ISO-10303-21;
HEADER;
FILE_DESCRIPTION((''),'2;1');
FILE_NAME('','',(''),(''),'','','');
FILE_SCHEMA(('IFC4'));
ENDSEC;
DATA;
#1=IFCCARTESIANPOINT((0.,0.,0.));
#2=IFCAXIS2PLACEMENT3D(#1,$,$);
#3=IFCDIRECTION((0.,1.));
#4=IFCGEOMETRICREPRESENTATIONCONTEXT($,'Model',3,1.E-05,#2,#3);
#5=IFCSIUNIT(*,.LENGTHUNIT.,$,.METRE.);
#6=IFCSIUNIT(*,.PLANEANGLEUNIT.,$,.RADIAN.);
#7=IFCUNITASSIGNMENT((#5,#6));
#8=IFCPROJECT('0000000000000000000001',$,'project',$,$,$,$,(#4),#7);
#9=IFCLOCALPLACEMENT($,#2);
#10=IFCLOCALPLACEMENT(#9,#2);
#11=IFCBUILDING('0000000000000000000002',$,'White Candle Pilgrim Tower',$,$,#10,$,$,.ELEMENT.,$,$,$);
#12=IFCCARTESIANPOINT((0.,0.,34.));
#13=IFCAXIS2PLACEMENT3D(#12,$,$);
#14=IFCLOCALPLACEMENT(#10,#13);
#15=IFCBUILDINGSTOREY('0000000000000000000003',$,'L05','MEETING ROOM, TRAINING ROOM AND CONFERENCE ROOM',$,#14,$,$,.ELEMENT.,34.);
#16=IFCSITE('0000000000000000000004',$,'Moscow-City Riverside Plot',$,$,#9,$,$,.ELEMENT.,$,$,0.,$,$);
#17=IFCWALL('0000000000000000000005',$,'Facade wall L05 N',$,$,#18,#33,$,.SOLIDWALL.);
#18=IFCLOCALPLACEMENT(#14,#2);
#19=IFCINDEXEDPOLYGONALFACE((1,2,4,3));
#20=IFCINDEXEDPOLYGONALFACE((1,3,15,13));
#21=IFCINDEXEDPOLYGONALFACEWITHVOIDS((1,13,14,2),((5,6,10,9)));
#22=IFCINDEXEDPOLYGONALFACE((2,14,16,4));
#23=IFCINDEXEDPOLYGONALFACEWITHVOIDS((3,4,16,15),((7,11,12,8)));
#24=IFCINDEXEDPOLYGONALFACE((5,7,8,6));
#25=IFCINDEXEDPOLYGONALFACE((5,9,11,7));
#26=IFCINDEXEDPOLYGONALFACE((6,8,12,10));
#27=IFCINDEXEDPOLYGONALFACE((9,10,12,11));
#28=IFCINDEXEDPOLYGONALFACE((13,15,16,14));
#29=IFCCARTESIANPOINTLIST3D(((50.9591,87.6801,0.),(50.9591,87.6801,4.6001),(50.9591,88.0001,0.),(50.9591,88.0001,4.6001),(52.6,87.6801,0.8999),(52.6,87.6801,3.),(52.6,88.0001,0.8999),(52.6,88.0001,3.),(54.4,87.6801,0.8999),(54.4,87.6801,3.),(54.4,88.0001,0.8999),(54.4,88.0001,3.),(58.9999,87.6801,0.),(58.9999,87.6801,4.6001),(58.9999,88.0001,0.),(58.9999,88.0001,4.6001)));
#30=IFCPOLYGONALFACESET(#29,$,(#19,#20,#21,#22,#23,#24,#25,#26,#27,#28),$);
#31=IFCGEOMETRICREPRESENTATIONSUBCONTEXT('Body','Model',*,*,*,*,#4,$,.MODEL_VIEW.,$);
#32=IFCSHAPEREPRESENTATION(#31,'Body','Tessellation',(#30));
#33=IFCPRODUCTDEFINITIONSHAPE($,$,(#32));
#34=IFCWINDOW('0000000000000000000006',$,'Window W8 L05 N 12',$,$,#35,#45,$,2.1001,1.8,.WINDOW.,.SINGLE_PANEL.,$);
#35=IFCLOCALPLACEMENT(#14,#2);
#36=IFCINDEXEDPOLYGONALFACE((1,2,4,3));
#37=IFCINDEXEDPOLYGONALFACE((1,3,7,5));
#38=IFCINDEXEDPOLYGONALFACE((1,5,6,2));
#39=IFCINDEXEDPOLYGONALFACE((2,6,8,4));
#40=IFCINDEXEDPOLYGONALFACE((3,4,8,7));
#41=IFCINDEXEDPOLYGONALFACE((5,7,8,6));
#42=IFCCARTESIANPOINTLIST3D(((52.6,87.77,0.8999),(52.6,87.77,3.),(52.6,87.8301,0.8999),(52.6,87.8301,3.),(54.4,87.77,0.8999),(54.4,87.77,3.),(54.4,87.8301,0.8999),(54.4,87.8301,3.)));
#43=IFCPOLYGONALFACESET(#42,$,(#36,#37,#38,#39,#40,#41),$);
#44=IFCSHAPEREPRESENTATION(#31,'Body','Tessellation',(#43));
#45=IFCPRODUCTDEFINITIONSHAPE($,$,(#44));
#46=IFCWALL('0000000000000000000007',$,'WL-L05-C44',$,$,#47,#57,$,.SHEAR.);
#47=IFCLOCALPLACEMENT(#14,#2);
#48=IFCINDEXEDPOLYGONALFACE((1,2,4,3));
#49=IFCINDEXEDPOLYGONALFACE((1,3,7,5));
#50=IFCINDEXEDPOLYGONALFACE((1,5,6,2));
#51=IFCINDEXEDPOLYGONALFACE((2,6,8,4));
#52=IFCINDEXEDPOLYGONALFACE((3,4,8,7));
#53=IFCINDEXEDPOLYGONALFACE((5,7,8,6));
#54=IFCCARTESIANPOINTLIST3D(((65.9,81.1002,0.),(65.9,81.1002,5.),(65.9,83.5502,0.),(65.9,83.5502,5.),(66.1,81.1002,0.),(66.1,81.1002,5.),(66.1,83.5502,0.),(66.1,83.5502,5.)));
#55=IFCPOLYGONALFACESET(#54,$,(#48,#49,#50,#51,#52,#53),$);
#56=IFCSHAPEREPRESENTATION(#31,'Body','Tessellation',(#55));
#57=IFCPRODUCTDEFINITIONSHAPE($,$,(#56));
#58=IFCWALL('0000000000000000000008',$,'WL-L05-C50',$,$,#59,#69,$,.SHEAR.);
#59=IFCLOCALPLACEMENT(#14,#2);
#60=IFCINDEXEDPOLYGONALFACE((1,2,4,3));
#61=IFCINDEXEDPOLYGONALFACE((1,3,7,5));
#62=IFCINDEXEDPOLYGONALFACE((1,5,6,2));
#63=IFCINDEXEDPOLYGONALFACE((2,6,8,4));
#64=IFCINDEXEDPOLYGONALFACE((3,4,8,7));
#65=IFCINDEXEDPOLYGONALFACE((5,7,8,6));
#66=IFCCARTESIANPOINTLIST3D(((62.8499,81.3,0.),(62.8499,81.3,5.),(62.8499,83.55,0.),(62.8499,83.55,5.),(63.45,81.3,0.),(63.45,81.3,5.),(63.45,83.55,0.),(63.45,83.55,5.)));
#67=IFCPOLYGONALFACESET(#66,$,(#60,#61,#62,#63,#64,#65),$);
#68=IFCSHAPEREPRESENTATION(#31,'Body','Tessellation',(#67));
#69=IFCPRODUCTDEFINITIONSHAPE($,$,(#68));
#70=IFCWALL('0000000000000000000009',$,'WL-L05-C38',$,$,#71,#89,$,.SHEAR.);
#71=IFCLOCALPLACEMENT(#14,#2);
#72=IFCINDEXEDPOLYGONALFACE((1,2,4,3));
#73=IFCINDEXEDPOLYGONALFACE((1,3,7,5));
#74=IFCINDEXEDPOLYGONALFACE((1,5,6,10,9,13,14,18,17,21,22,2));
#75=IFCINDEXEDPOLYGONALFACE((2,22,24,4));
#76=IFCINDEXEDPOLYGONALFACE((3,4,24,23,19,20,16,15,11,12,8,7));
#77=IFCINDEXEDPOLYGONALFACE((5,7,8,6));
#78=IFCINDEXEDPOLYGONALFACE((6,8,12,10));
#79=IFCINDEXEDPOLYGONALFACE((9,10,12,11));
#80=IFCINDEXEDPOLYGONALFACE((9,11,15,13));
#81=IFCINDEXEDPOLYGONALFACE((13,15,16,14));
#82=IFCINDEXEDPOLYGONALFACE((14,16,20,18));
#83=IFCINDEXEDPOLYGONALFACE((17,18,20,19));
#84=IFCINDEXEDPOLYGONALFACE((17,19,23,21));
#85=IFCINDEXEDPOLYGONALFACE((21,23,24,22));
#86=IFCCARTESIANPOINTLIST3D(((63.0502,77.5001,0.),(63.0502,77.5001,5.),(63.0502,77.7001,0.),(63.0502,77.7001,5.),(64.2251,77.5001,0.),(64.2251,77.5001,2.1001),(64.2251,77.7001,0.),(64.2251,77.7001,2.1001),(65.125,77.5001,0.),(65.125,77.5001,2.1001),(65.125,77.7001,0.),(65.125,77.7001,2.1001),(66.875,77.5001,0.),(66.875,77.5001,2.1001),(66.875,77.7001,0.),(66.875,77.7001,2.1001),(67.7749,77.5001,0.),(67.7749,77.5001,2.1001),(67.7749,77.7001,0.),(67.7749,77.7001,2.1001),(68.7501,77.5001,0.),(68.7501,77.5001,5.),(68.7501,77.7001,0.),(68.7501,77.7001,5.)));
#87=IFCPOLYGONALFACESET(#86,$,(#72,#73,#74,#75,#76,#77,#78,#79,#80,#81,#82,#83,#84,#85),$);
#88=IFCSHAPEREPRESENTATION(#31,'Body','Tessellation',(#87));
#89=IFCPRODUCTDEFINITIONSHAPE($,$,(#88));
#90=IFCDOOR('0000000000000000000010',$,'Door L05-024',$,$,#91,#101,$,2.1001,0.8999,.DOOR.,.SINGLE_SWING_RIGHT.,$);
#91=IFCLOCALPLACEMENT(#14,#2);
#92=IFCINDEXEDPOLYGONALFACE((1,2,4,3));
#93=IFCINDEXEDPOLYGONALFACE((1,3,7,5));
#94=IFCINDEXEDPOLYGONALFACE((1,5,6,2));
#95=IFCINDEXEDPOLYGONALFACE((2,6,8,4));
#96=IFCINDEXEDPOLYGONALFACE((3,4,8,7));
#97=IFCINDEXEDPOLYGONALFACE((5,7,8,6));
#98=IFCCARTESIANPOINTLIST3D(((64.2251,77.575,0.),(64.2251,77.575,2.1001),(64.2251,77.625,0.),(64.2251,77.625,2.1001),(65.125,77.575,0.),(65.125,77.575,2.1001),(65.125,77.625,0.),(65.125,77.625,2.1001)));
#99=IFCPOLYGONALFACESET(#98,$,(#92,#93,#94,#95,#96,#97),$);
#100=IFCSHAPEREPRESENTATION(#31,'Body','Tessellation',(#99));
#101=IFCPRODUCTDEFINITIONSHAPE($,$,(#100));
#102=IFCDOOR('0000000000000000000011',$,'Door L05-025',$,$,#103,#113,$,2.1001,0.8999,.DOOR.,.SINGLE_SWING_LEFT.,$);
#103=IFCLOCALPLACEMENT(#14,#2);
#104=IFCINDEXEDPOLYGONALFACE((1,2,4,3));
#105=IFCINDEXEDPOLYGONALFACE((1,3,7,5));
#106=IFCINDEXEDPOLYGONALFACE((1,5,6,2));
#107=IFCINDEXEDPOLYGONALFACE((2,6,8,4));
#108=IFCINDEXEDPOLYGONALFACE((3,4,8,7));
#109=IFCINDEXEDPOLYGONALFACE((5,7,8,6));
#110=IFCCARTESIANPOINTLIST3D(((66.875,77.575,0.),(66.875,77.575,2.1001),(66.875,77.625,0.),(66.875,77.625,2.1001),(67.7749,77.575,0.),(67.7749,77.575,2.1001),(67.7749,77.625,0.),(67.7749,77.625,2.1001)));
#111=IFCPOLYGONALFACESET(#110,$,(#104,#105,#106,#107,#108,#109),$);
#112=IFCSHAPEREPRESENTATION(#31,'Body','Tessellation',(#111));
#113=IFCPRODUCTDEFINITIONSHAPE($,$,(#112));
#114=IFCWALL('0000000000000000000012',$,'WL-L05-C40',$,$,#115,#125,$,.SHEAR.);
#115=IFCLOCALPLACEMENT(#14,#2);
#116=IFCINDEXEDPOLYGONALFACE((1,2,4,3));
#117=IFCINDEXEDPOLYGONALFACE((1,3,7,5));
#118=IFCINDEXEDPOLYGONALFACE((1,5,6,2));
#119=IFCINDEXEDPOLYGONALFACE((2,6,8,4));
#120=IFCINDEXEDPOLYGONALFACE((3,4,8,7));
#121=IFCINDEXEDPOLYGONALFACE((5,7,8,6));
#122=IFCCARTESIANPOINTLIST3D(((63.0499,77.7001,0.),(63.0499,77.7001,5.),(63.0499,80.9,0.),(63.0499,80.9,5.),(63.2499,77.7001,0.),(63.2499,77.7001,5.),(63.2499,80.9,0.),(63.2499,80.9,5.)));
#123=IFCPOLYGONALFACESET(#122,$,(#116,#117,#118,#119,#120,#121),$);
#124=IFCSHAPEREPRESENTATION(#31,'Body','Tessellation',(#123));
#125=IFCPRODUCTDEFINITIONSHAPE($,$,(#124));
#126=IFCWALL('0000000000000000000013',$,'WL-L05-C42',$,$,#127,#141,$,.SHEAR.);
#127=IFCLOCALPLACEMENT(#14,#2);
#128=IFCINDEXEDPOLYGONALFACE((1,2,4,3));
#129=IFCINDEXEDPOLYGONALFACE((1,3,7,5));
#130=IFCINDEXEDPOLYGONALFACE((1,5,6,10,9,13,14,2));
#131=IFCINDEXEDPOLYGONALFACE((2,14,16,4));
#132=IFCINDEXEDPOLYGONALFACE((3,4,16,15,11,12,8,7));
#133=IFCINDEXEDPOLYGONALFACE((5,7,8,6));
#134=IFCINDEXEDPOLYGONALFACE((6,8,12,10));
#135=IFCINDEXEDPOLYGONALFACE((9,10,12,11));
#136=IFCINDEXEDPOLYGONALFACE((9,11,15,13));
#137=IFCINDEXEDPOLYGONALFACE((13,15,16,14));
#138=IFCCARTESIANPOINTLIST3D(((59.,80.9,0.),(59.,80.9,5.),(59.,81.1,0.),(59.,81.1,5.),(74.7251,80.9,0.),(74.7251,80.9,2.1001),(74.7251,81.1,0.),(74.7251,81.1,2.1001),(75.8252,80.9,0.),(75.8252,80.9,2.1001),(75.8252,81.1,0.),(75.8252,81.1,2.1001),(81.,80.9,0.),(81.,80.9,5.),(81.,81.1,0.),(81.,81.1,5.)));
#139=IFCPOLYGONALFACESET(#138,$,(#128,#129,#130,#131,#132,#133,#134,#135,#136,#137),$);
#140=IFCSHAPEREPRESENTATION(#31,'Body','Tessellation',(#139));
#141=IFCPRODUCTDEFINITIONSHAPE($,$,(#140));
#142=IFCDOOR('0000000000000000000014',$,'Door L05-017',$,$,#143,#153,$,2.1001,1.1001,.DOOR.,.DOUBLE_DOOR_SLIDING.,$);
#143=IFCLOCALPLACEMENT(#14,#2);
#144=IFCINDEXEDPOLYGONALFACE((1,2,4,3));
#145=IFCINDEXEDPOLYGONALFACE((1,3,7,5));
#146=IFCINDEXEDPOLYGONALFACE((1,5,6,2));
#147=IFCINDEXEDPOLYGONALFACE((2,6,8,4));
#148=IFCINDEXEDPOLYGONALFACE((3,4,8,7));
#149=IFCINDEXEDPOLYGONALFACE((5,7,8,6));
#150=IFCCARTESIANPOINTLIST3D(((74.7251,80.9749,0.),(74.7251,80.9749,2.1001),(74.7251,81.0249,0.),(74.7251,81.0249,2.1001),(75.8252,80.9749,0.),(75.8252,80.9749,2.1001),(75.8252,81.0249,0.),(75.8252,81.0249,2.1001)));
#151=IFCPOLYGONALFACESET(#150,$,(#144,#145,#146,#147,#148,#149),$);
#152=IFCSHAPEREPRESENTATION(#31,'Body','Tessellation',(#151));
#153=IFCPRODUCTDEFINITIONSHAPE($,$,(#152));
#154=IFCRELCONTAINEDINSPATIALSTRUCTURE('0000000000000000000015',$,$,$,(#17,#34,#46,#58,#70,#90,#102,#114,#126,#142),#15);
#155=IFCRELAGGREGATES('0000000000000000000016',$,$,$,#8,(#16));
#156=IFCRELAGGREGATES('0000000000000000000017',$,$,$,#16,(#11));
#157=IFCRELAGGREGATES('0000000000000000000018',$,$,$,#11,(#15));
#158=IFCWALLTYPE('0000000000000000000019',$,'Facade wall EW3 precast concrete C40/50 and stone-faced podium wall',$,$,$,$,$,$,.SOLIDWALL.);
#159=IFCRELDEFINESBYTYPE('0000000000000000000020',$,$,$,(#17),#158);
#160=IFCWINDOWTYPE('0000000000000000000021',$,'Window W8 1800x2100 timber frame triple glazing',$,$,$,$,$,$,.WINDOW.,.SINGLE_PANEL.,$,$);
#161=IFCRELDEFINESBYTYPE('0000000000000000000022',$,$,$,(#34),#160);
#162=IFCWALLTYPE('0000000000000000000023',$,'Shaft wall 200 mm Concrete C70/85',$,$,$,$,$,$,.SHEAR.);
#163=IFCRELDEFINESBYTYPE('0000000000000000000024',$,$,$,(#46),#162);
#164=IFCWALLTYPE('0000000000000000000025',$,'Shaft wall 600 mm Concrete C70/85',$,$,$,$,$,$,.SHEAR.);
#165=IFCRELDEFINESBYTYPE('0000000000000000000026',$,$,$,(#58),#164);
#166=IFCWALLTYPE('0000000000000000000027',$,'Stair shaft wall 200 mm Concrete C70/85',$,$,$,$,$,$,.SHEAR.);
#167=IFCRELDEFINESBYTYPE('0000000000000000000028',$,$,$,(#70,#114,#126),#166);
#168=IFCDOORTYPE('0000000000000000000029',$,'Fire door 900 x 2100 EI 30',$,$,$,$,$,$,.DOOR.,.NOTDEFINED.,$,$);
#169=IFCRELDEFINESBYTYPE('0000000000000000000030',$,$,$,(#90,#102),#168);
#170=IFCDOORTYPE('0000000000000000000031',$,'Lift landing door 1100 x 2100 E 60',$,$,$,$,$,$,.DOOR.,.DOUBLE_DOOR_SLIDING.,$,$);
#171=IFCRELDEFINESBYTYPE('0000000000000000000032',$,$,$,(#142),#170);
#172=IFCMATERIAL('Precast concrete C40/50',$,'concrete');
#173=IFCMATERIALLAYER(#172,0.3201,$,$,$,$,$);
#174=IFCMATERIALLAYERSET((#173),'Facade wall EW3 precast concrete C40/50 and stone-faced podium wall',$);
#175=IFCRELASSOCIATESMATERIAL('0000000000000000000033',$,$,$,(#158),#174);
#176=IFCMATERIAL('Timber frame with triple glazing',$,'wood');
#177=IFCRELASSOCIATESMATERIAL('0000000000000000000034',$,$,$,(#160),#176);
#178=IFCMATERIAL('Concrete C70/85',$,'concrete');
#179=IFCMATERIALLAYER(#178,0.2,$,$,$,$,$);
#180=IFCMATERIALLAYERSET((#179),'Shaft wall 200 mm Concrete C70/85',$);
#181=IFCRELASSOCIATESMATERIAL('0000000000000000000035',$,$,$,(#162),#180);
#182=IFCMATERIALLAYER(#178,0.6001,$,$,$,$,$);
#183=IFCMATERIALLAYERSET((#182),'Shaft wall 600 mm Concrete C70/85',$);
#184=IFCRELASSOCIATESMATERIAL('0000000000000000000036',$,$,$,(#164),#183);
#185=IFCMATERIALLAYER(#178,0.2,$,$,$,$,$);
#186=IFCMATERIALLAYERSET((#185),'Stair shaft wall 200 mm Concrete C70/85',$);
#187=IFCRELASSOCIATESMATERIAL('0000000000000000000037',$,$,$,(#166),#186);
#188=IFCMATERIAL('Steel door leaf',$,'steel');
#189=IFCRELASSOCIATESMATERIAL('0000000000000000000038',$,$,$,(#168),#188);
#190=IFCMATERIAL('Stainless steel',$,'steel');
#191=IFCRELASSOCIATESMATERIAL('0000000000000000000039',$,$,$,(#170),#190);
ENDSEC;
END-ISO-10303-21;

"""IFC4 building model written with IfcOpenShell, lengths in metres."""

from ifc_helpers import new_model, si_unit, direction, frame, frame_2d, origin, place, context, subcontext, project, spatial, rectangle, extrude, material, layer, layer_set, type_object, element, fill, save


model = new_model("IFC4")

# Units and contexts
model_context = context("Model", 3, precision=1e-05, world=origin(), true_north=direction((0.0, 1.0)))
body_context = subcontext(model_context, "Body", "Model", "MODEL_VIEW")
ifc_project = project(units=[si_unit("LENGTHUNIT", "METRE"), si_unit("PLANEANGLEUNIT", "RADIAN")], contexts=[model_context])

# Site, building, storey
site_placement = place(None, origin())
site = spatial("IfcSite", under=ifc_project, at=site_placement, Name="Moscow-City Riverside Plot", CompositionType="ELEMENT", RefElevation=0.0)
building_placement = place(site_placement, origin())
building = spatial("IfcBuilding", under=site, at=building_placement, Name="White Candle Pilgrim Tower", CompositionType="ELEMENT")
storey_placement = place(building_placement, frame((0.0, 0.0, 34.0)))
storey = spatial("IfcBuildingStorey", under=building, at=storey_placement, Name="L05", Description="MEETING ROOM, TRAINING ROOM AND CONFERENCE ROOM", CompositionType="ELEMENT", Elevation=34.0)

# Shared definitions
ifc_material_1 = material(Name="Concrete C70/85", Category="concrete")
ifc_material_2 = material(Name="Steel door leaf", Category="steel")

# Shared definitions
ifc_material_3 = material(Name="Stainless steel", Category="steel")

# Wall, opening, window
ifc_material_4 = material(Name="Precast concrete C40/50", Category="concrete")
ifc_layer_1 = layer(ifc_material_4, 0.3201)
ifc_layer_set_1 = layer_set([ifc_layer_1], Name="Facade wall EW3 precast concrete C40/50 and stone-faced podium wall")
wall_type_1 = type_object("IfcWallType", Name="Facade wall EW3 precast concrete C40/50 and stone-faced podium wall", PredefinedType="SOLIDWALL", material=ifc_layer_set_1)
wall_1_placement = place(storey_placement, frame((59.0, 87.8401, 0.0), z_axis=(0.0, 0.0, 1.0), x_axis=(-1.0, 0.0, 0.0)))
wall_1 = element("IfcWall", 1, at=wall_1_placement, inside=storey, type_object=wall_type_1, Name="Facade wall L05 N", PredefinedType="SOLIDWALL", context=body_context, shape_type="SweptSolid", body=[
    extrude(rectangle(XDim=8.0408, YDim=0.3201, at=frame_2d((4.0205, 0.0))), origin(), (0.0, 0.0, 1.0), 4.6001),
])
opening_1_placement = place(wall_1_placement, frame((4.6001, 0.0, 0.8999)))
opening_1 = element("IfcOpeningElement", 2, at=opening_1_placement, cuts=wall_1, PredefinedType="OPENING", context=body_context, shape_type="SweptSolid", body=[
    extrude(rectangle(XDim=1.8, YDim=2.1001, at=frame_2d((0.8999, 1.05))), frame((0.0, 0.1699, 0.0), z_axis=(0.0, -1.0, 0.0), x_axis=(1.0, 0.0, 0.0)), (0.0, 0.0, 1.0), 0.3401),
])
ifc_material_5 = material(Name="Timber frame with triple glazing", Category="wood")
window_type = type_object("IfcWindowType", Name="Window W8 1800x2100 timber frame triple glazing", PartitioningType="SINGLE_PANEL", PredefinedType="WINDOW", material=ifc_material_5)
window_placement = place(opening_1_placement, origin())
window = element("IfcWindow", 3, at=window_placement, inside=storey, type_object=window_type, Name="Window W8 L05 N 12", OverallHeight=2.1001, OverallWidth=1.8, PartitioningType="SINGLE_PANEL", PredefinedType="WINDOW", context=body_context, shape_type="SweptSolid", body=[
    extrude(rectangle(XDim=1.8, YDim=2.1001, at=frame_2d((0.8999, 1.05))), frame((0.0, 0.0701, 0.0), z_axis=(0.0, -1.0, 0.0), x_axis=(1.0, 0.0, 0.0)), (0.0, 0.0, 1.0), 0.0601),
])
fill(opening_1, window)

# Walls
ifc_layer_2 = layer(ifc_material_1, 0.2)
ifc_layer_set_2 = layer_set([ifc_layer_2], Name="Shaft wall 200 mm Concrete C70/85")
wall_type_2 = type_object("IfcWallType", Name="Shaft wall 200 mm Concrete C70/85", PredefinedType="SHEAR", material=ifc_layer_set_2)
wall_2_placement = place(storey_placement, frame((66.0, 81.1001, 0.0), z_axis=(0.0, 0.0, 1.0), x_axis=(0.0, 1.0, 0.0)))
element("IfcWall", 4, at=wall_2_placement, inside=storey, type_object=wall_type_2, Name="WL-L05-C44", PredefinedType="SHEAR", context=body_context, shape_type="SweptSolid", body=[
    extrude(rectangle(XDim=2.45, YDim=0.2, at=frame_2d((1.2251, 0.0))), origin(), (0.0, 0.0, 1.0), 5.0),
])
ifc_layer_3 = layer(ifc_material_1, 0.6001)
ifc_layer_set_3 = layer_set([ifc_layer_3], Name="Shaft wall 600 mm Concrete C70/85")
wall_type_3 = type_object("IfcWallType", Name="Shaft wall 600 mm Concrete C70/85", PredefinedType="SHEAR", material=ifc_layer_set_3)
wall_3_placement = place(storey_placement, frame((63.1499, 81.3, 0.0), z_axis=(0.0, 0.0, 1.0), x_axis=(0.0, 1.0, 0.0)))
element("IfcWall", 5, at=wall_3_placement, inside=storey, type_object=wall_type_3, Name="WL-L05-C50", PredefinedType="SHEAR", context=body_context, shape_type="SweptSolid", body=[
    extrude(rectangle(XDim=2.25, YDim=0.6001, at=frame_2d((1.125, 0.0))), origin(), (0.0, 0.0, 1.0), 5.0),
])

# Wall, openings, doors
ifc_layer_4 = layer(ifc_material_1, 0.2)
ifc_layer_set_4 = layer_set([ifc_layer_4], Name="Stair shaft wall 200 mm Concrete C70/85")
wall_type_4 = type_object("IfcWallType", Name="Stair shaft wall 200 mm Concrete C70/85", PredefinedType="SHEAR", material=ifc_layer_set_4)
wall_4_placement = place(storey_placement, frame((63.05, 77.6001, 0.0), z_axis=(0.0, 0.0, 1.0), x_axis=(1.0, 0.0, 0.0)))
wall_4 = element("IfcWall", 6, at=wall_4_placement, inside=storey, type_object=wall_type_4, Name="WL-L05-C38", PredefinedType="SHEAR", context=body_context, shape_type="SweptSolid", body=[
    extrude(rectangle(XDim=5.7, YDim=0.2, at=frame_2d((2.8501, 0.0))), origin(), (0.0, 0.0, 1.0), 5.0),
])
opening_2_placement = place(wall_4_placement, frame((1.175, 0.0, 0.0)))
opening_2 = element("IfcOpeningElement", 7, at=opening_2_placement, cuts=wall_4, PredefinedType="OPENING", context=body_context, shape_type="SweptSolid", body=[
    extrude(rectangle(XDim=0.8999, YDim=2.1001, at=frame_2d((0.45, 1.05))), frame((0.0, 0.1099, 0.0), z_axis=(0.0, -1.0, 0.0), x_axis=(1.0, 0.0, 0.0)), (0.0, 0.0, 1.0), 0.22),
])
opening_3_placement = place(wall_4_placement, frame((3.825, 0.0, 0.0)))
opening_3 = element("IfcOpeningElement", 8, at=opening_3_placement, cuts=wall_4, PredefinedType="OPENING", context=body_context, shape_type="SweptSolid", body=[
    extrude(rectangle(XDim=0.8999, YDim=2.1001, at=frame_2d((0.45, 1.05))), frame((0.0, 0.1099, 0.0), z_axis=(0.0, -1.0, 0.0), x_axis=(1.0, 0.0, 0.0)), (0.0, 0.0, 1.0), 0.22),
])
door_type_1 = type_object("IfcDoorType", Name="Fire door 900 x 2100 EI 30", OperationType="NOTDEFINED", PredefinedType="DOOR", material=ifc_material_2)
door_1_placement = place(opening_2_placement, origin())
door_1 = element("IfcDoor", 9, at=door_1_placement, inside=storey, type_object=door_type_1, Name="Door L05-024", OperationType="SINGLE_SWING_RIGHT", OverallHeight=2.1001, OverallWidth=0.8999, PredefinedType="DOOR", context=body_context, shape_type="SweptSolid", body=[
    extrude(rectangle(XDim=0.8999, YDim=2.1001, at=frame_2d((0.45, 1.05))), frame((0.0, 0.0249, 0.0), z_axis=(0.0, -1.0, 0.0), x_axis=(1.0, 0.0, 0.0)), (0.0, 0.0, 1.0), 0.05),
])
fill(opening_2, door_1)
door_2_placement = place(opening_3_placement, origin())
door_2 = element("IfcDoor", 10, at=door_2_placement, inside=storey, type_object=door_type_1, Name="Door L05-025", OperationType="SINGLE_SWING_LEFT", OverallHeight=2.1001, OverallWidth=0.8999, PredefinedType="DOOR", context=body_context, shape_type="SweptSolid", body=[
    extrude(rectangle(XDim=0.8999, YDim=2.1001, at=frame_2d((0.45, 1.05))), frame((0.0, 0.0249, 0.0), z_axis=(0.0, -1.0, 0.0), x_axis=(1.0, 0.0, 0.0)), (0.0, 0.0, 1.0), 0.05),
])
fill(opening_3, door_2)

# Wall
wall_5_placement = place(storey_placement, frame((63.1499, 77.7, 0.0), z_axis=(0.0, 0.0, 1.0), x_axis=(0.0, 1.0, 0.0)))
element("IfcWall", 11, at=wall_5_placement, inside=storey, type_object=wall_type_4, Name="WL-L05-C40", PredefinedType="SHEAR", context=body_context, shape_type="SweptSolid", body=[
    extrude(rectangle(XDim=3.2, YDim=0.2, at=frame_2d((1.6001, 0.0))), origin(), (0.0, 0.0, 1.0), 5.0),
])

# Wall, opening, door
wall_6_placement = place(storey_placement, frame((59.0, 81.0, 0.0), z_axis=(0.0, 0.0, 1.0), x_axis=(1.0, 0.0, 0.0)))
wall_6 = element("IfcWall", 12, at=wall_6_placement, inside=storey, type_object=wall_type_4, Name="WL-L05-C42", PredefinedType="SHEAR", context=body_context, shape_type="SweptSolid", body=[
    extrude(rectangle(XDim=22.0, YDim=0.2, at=frame_2d((11.0, 0.0))), origin(), (0.0, 0.0, 1.0), 5.0),
])
opening_4_placement = place(wall_6_placement, frame((15.7251, 0.0, 0.0)))
opening_4 = element("IfcOpeningElement", 13, at=opening_4_placement, cuts=wall_6, PredefinedType="OPENING", context=body_context, shape_type="SweptSolid", body=[
    extrude(rectangle(XDim=1.1001, YDim=2.1001, at=frame_2d((0.55, 1.05))), frame((0.0, 0.1099, 0.0), z_axis=(0.0, -1.0, 0.0), x_axis=(1.0, 0.0, 0.0)), (0.0, 0.0, 1.0), 0.22),
])
door_type_2 = type_object("IfcDoorType", Name="Lift landing door 1100 x 2100 E 60", OperationType="DOUBLE_DOOR_SLIDING", PredefinedType="DOOR", material=ifc_material_3)
door_3_placement = place(opening_4_placement, origin())
door_3 = element("IfcDoor", 14, at=door_3_placement, inside=storey, type_object=door_type_2, Name="Door L05-017", OperationType="DOUBLE_DOOR_SLIDING", OverallHeight=2.1001, OverallWidth=1.1001, PredefinedType="DOOR", context=body_context, shape_type="SweptSolid", body=[
    extrude(rectangle(XDim=1.1001, YDim=2.1001, at=frame_2d((0.55, 1.05))), frame((0.0, 0.0249, 0.0), z_axis=(0.0, -1.0, 0.0), x_axis=(1.0, 0.0, 0.0)), (0.0, 0.0, 1.0), 0.05),
])
fill(opening_4, door_3)

save(model, "model.ifc")
